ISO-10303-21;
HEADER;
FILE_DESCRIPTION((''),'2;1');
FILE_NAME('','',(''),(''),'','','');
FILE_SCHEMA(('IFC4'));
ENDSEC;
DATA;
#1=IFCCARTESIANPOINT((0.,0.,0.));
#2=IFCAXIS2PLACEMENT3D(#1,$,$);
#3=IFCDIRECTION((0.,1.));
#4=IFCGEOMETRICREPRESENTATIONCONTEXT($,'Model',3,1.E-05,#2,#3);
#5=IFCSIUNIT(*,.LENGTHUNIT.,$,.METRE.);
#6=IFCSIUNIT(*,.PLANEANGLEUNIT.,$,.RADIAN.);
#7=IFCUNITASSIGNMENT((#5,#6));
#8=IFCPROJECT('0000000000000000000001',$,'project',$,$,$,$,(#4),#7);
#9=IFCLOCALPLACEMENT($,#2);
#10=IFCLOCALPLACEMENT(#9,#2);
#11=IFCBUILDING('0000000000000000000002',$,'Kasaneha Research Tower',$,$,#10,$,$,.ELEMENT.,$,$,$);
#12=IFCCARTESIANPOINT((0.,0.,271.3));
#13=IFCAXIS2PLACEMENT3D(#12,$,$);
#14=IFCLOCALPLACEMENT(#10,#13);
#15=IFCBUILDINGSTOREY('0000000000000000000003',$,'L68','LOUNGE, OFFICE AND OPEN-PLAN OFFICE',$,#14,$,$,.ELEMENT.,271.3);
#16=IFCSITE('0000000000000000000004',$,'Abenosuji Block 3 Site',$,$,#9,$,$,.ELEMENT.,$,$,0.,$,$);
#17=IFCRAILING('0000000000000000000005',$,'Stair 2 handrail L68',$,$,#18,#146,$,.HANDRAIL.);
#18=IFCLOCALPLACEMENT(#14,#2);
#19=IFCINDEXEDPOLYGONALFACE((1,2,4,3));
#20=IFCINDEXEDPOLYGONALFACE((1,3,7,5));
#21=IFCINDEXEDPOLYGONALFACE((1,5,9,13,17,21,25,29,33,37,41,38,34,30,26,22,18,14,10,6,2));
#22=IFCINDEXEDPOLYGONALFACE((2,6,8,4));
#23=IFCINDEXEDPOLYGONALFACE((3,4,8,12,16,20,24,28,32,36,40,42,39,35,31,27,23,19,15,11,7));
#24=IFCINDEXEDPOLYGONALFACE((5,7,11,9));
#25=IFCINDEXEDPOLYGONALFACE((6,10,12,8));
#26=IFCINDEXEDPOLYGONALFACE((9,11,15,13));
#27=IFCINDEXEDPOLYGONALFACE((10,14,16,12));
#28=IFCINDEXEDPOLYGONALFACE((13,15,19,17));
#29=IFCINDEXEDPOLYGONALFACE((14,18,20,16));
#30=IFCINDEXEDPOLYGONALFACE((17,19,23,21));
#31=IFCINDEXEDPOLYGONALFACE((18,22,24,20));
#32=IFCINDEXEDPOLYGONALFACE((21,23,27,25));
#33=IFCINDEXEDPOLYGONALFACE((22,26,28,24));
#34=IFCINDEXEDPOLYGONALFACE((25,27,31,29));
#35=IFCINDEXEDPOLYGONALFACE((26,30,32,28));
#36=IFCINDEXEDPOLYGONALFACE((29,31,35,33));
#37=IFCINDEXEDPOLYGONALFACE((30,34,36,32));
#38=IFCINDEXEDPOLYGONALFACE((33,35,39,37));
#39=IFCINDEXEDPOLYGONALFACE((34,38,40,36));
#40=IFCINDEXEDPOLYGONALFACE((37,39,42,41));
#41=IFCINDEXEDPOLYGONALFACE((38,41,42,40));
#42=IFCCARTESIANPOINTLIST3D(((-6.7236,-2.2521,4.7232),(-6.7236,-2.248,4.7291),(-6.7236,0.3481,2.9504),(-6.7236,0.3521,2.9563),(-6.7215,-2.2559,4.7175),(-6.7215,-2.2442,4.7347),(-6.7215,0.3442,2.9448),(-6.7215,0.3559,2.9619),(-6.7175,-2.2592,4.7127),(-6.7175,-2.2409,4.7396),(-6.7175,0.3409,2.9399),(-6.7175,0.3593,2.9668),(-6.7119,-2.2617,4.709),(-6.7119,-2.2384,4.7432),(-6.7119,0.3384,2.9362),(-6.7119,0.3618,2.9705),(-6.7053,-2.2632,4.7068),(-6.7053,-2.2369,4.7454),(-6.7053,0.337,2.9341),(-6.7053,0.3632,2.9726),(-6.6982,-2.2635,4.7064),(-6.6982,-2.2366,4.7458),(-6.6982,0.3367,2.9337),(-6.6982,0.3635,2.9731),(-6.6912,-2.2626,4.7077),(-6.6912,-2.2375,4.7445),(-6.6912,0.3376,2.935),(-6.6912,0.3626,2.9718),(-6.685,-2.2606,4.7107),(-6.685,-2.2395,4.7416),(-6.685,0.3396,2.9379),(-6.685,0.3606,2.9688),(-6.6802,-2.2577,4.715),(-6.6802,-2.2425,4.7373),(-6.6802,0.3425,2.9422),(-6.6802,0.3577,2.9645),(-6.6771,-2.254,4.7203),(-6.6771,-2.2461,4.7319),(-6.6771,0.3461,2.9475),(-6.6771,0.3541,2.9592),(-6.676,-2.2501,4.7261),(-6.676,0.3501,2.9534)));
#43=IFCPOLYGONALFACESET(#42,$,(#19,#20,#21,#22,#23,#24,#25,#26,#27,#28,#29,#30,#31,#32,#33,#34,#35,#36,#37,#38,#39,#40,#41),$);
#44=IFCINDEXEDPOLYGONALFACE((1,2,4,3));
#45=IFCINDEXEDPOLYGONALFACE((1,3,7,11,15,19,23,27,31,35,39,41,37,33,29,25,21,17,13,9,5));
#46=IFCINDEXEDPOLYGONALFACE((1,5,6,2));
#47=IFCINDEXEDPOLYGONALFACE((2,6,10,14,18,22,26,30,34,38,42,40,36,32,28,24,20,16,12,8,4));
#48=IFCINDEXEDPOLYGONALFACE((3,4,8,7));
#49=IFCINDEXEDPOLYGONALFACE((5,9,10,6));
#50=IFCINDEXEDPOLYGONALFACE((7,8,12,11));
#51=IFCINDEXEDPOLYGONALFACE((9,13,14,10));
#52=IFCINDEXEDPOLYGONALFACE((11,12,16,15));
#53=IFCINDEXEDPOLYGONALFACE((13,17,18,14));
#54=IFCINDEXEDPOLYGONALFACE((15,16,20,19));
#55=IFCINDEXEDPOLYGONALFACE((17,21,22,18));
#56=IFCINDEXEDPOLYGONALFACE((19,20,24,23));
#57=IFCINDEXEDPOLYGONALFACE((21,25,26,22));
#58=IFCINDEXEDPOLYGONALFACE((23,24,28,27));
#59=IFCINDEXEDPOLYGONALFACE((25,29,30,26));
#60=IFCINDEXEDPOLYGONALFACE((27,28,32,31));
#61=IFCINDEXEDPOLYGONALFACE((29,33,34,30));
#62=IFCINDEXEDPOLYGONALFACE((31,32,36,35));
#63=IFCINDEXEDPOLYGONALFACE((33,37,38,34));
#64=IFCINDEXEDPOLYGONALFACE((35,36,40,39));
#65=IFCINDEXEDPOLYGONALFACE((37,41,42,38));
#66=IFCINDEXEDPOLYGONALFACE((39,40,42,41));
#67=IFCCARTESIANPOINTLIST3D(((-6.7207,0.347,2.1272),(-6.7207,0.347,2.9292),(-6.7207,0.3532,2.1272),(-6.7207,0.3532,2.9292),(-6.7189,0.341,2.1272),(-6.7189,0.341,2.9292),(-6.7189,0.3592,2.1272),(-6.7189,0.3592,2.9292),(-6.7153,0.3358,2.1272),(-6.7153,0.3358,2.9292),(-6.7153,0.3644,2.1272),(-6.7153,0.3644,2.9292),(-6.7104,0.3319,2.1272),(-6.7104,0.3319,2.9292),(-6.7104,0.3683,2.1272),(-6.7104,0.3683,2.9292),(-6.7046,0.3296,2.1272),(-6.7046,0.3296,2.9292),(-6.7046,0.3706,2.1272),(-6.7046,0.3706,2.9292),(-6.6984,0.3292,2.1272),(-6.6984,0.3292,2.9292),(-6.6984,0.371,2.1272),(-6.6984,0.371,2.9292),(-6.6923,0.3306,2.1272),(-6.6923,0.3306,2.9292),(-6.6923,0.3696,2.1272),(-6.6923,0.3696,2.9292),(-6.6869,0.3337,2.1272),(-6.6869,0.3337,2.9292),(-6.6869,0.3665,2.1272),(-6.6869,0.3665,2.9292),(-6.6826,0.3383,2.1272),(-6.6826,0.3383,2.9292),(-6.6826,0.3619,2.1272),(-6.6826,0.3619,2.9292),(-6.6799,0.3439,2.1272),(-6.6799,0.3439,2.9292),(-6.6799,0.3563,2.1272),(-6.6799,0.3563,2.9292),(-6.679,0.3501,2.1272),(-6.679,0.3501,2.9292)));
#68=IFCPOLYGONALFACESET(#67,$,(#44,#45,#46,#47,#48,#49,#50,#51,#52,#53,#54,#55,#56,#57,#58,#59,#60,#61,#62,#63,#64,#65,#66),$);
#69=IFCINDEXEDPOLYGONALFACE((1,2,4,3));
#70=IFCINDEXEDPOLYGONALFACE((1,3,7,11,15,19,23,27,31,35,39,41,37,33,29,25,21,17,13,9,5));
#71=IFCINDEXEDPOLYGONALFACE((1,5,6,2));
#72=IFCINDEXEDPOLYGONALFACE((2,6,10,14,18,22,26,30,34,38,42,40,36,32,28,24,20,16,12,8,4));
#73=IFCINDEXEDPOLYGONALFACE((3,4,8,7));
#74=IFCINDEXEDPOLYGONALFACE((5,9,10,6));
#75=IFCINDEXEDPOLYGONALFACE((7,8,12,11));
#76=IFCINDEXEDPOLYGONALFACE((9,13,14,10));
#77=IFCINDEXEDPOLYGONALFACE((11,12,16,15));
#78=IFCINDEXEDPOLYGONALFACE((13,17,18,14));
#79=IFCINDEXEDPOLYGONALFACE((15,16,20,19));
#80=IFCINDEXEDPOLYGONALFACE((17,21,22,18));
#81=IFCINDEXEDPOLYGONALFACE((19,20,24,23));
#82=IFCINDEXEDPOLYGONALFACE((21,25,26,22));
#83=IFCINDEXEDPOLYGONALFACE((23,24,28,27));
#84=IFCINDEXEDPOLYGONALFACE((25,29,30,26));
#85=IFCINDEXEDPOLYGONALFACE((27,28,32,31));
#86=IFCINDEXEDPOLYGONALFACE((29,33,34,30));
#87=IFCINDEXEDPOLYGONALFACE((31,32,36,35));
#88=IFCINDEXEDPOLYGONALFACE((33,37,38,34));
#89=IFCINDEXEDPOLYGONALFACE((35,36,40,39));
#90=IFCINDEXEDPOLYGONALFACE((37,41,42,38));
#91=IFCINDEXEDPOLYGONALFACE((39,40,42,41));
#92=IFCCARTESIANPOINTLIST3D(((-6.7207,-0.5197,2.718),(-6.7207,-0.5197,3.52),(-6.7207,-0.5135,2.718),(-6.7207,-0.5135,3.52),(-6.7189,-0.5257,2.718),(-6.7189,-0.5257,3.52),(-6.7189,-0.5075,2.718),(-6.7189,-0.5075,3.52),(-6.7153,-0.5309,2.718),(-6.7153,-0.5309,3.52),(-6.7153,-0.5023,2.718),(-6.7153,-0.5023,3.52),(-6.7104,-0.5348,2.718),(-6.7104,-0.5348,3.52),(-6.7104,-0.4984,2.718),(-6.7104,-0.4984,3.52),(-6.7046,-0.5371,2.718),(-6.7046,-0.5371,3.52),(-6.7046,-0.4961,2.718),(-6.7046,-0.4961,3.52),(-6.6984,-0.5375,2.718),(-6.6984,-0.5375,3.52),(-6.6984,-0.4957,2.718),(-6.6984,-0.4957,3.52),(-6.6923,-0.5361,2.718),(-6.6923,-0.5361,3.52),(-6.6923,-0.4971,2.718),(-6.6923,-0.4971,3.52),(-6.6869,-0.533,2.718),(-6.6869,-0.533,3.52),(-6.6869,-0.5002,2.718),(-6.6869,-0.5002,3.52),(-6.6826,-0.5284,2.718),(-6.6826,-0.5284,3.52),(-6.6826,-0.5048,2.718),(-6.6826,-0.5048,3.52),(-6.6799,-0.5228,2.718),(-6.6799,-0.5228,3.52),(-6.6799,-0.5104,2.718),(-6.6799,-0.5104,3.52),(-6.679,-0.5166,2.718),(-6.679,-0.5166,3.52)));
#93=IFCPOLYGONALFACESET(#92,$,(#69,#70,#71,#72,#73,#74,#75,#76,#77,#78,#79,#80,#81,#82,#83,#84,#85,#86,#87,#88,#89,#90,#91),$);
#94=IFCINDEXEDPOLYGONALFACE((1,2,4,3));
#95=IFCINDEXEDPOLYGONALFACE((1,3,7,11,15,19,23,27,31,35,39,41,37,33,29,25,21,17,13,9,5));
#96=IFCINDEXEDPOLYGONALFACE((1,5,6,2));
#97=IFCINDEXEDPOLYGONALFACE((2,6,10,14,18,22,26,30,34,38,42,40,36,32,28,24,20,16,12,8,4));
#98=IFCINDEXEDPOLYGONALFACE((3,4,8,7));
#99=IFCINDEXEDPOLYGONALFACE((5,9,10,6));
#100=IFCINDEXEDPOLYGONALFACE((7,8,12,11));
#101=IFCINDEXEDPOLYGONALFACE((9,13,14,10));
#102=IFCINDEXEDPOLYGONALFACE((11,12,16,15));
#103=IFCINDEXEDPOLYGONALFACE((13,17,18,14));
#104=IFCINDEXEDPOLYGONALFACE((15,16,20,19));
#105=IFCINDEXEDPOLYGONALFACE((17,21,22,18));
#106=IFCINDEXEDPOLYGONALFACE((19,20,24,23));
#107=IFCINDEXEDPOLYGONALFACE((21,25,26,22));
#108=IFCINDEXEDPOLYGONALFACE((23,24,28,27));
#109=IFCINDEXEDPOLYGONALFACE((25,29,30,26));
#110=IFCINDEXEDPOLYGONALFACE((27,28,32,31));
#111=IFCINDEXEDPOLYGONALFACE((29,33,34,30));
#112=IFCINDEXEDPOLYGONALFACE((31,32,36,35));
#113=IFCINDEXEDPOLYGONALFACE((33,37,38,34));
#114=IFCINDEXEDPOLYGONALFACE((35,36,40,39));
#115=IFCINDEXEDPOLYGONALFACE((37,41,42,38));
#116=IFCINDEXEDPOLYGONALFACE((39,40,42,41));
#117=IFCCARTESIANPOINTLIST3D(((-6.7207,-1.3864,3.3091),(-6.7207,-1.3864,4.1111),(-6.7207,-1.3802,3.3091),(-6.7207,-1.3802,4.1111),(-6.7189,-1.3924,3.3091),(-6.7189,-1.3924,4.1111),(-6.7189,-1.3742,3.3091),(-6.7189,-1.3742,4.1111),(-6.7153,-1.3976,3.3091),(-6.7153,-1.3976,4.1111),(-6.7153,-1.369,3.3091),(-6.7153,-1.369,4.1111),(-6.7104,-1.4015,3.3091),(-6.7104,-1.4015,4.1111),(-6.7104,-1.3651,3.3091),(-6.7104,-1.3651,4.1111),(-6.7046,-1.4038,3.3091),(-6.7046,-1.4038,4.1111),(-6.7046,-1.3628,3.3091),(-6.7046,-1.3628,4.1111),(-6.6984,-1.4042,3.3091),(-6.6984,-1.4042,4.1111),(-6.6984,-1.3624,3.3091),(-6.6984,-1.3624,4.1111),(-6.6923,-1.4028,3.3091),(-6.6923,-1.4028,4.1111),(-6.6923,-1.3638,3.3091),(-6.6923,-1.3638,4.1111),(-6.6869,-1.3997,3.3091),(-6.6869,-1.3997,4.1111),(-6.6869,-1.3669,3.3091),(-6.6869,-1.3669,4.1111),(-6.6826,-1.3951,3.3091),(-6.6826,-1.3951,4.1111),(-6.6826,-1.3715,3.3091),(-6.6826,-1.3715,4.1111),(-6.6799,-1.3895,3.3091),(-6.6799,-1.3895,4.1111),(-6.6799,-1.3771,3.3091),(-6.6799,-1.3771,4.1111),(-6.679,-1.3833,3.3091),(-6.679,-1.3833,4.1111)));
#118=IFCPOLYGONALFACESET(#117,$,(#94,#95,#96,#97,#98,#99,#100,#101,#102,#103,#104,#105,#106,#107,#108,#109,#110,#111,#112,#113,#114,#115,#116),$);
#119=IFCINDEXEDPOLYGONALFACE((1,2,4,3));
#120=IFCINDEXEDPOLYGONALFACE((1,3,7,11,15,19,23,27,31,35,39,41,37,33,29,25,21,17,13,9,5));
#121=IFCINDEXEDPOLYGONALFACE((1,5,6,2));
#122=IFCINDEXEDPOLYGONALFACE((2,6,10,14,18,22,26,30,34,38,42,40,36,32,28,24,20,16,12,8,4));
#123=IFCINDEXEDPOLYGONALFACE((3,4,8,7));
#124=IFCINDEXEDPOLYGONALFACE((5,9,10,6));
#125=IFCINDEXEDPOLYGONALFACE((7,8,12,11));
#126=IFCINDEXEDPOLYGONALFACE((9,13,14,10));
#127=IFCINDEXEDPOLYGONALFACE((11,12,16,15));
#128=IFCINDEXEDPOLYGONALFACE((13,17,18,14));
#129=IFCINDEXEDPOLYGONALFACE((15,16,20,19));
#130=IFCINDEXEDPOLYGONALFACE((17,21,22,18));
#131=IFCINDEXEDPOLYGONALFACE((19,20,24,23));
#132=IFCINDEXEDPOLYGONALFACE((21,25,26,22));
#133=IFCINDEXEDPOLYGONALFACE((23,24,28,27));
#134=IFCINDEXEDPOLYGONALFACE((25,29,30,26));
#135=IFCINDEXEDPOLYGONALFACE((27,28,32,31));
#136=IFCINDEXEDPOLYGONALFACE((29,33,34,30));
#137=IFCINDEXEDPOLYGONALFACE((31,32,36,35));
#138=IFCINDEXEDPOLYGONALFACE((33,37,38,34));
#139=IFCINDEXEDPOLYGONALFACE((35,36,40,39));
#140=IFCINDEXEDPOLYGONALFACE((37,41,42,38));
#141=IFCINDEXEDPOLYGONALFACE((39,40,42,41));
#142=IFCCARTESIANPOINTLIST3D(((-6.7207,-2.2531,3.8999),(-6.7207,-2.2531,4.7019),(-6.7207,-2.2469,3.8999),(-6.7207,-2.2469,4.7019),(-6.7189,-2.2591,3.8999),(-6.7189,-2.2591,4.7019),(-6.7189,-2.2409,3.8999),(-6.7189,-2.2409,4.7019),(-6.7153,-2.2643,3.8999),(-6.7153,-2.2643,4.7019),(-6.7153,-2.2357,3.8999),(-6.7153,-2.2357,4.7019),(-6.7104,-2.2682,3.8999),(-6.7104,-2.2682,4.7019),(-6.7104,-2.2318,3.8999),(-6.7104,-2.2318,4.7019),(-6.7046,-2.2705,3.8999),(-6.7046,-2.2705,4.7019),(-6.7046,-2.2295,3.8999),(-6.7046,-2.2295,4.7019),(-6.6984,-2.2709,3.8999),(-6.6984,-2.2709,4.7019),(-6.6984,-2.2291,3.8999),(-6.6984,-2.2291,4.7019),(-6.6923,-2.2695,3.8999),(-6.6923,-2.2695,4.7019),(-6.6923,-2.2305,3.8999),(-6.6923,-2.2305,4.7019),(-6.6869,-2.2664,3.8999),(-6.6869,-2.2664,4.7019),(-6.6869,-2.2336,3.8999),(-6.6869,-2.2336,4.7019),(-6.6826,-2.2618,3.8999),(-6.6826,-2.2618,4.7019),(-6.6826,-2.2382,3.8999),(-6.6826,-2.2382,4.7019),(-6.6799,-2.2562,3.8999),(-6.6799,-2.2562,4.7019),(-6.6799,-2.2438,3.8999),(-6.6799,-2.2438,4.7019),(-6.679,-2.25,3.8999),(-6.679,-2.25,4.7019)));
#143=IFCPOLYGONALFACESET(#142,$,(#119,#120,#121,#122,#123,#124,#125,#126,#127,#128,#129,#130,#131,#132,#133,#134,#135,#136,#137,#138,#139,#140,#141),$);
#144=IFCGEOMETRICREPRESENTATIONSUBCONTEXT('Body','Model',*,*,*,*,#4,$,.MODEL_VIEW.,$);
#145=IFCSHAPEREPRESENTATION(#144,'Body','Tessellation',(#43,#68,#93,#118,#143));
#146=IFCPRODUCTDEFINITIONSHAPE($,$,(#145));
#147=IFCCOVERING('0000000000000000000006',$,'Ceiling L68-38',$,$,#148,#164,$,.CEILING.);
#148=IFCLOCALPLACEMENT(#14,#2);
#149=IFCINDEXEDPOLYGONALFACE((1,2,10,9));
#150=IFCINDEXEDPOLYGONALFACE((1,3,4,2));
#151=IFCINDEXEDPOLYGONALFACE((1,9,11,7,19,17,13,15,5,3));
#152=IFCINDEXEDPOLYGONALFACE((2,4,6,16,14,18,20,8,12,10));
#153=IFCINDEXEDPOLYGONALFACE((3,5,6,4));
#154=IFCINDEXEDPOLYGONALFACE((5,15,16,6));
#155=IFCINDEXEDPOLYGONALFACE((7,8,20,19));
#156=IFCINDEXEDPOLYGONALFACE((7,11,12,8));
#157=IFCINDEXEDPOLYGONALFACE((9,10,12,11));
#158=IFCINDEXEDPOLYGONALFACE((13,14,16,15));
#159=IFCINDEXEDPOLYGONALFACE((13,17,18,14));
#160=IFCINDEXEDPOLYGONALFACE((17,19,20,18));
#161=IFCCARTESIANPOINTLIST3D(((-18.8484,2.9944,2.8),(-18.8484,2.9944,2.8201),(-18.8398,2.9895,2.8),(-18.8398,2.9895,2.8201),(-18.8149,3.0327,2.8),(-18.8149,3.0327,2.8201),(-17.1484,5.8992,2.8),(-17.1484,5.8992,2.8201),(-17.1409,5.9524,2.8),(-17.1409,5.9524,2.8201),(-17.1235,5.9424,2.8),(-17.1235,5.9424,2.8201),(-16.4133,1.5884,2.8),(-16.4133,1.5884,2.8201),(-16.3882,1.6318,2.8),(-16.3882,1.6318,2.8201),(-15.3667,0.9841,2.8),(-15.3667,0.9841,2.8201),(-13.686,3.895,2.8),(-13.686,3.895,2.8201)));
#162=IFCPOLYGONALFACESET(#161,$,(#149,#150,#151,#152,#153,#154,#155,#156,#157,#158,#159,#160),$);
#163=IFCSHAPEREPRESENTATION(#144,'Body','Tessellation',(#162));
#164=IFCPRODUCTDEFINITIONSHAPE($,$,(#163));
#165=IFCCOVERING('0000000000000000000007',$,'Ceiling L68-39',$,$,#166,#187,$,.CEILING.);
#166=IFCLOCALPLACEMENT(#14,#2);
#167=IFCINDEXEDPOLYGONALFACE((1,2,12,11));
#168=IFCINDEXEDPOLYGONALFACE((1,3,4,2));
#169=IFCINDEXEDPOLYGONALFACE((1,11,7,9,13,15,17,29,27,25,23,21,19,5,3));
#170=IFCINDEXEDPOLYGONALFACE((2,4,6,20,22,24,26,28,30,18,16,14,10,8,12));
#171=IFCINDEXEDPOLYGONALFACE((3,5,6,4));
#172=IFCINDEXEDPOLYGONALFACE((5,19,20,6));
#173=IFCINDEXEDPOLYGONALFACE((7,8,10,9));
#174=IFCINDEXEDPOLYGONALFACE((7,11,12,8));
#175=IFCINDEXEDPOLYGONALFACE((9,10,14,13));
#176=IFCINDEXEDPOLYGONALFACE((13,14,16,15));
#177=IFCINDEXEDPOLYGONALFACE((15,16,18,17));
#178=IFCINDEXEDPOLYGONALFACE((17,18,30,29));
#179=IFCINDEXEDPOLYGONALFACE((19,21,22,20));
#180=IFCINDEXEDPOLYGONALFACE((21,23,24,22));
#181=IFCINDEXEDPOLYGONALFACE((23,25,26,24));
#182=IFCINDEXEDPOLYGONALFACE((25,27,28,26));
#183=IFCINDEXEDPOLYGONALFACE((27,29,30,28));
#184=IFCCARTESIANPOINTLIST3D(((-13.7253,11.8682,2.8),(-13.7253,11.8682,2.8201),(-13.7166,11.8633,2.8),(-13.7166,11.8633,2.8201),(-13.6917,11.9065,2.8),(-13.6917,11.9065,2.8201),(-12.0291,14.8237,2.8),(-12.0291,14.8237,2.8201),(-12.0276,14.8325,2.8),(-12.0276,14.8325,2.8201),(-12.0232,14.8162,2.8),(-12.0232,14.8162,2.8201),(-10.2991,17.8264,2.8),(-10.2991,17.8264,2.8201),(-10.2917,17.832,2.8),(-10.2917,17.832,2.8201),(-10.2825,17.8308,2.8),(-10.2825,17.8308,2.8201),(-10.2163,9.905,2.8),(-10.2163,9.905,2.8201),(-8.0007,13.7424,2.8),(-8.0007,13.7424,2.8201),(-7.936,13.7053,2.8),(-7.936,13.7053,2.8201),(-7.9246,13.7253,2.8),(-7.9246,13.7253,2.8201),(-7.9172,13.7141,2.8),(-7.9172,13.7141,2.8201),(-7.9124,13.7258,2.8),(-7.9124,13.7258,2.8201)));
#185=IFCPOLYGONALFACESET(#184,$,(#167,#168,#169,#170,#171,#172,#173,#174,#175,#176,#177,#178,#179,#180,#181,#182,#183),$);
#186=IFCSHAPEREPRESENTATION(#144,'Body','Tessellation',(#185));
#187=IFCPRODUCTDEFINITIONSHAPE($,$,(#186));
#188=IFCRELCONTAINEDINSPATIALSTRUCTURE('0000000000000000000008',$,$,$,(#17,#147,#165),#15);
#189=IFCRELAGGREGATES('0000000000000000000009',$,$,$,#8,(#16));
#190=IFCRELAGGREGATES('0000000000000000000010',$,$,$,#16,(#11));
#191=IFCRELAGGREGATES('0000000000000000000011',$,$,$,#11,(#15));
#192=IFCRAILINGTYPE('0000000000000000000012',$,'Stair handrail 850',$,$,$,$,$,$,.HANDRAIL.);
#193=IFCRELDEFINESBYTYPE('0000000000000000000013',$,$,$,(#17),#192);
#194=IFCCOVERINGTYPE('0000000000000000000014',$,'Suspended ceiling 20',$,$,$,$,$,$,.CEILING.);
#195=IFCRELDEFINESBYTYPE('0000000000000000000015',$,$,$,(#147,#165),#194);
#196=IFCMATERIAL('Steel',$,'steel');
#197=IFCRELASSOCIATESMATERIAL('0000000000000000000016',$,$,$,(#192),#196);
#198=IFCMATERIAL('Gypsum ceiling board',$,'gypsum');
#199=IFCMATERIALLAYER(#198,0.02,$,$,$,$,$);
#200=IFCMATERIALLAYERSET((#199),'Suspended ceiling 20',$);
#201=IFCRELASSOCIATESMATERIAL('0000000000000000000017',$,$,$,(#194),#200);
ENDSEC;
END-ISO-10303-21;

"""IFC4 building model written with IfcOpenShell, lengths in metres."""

from ifc_helpers import new_model, si_unit, direction, frame, origin, origin_2d, place, context, subcontext, project, spatial, polyline, circle, outline, extrude, material, layer, layer_set, type_object, element, save


model = new_model("IFC4")

# Units and contexts
model_context = context("Model", 3, precision=1e-05, world=origin(), true_north=direction((0.0, 1.0)))
body_context = subcontext(model_context, "Body", "Model", "MODEL_VIEW")
ifc_project = project(units=[si_unit("LENGTHUNIT", "METRE"), si_unit("PLANEANGLEUNIT", "RADIAN")], contexts=[model_context])

# Site, building, storey
site_placement = place(None, origin())
site = spatial("IfcSite", under=ifc_project, at=site_placement, Name="Abenosuji Block 3 Site", CompositionType="ELEMENT", RefElevation=0.0)
building_placement = place(site_placement, origin())
building = spatial("IfcBuilding", under=site, at=building_placement, Name="Kasaneha Research Tower", CompositionType="ELEMENT")
storey_placement = place(building_placement, frame((0.0, 0.0, 271.3)))
storey = spatial("IfcBuildingStorey", under=building, at=storey_placement, Name="L68", Description="LOUNGE, OFFICE AND OPEN-PLAN OFFICE", CompositionType="ELEMENT", Elevation=271.3)

# Railing
ifc_material_1 = material(Name="Steel", Category="steel")
railing_type = type_object("IfcRailingType", Name="Stair handrail 850", PredefinedType="HANDRAIL", material=ifc_material_1)
railing_placement = place(storey_placement, frame((-6.7, 0.3501, 2.1272)))
element("IfcRailing", 1, at=railing_placement, inside=storey, type_object=railing_type, Name="Stair 2 handrail L68", PredefinedType="HANDRAIL", context=body_context, shape_type="SweptSolid", body=[
    extrude(circle(Radius=0.0239, at=origin_2d()), frame((0.0, 0.0, 0.8262), z_axis=(0.0, -0.82624, 0.563318), x_axis=(1.0, 0.0, 0.0)), (0.0, 0.0, 1.0), 3.147),
    extrude(circle(Radius=0.021, at=origin_2d()), origin(), (0.0, 0.0, 1.0), 0.802),
    extrude(circle(Radius=0.021, at=origin_2d()), frame((0.0, -0.8667, 0.5908)), (0.0, 0.0, 1.0), 0.802),
    extrude(circle(Radius=0.021, at=origin_2d()), frame((0.0, -1.7334, 1.1819)), (0.0, 0.0, 1.0), 0.802),
    extrude(circle(Radius=0.021, at=origin_2d()), frame((0.0, -2.6001, 1.7727)), (0.0, 0.0, 1.0), 0.802),
])

# Coverings
ifc_material_2 = material(Name="Gypsum ceiling board", Category="gypsum")
ifc_layer_1 = layer(ifc_material_2, 0.02)
ifc_layer_set_1 = layer_set([ifc_layer_1], Name="Suspended ceiling 20")
covering_type_1 = type_object("IfcCoveringType", Name="Suspended ceiling 20", PredefinedType="CEILING", material=ifc_layer_set_1)
covering_1_placement = place(storey_placement, frame((0.0, 0.0, 2.8)))
element("IfcCovering", 2, at=covering_1_placement, inside=storey, type_object=covering_type_1, Name="Ceiling L68-38", PredefinedType="CEILING", context=body_context, shape_type="SweptSolid", body=[
    extrude(outline(polyline([(-17.1235, 5.9424), (-17.1484, 5.8992), (-13.686, 3.895), (-15.3667, 0.9841), (-16.4133, 1.5884), (-16.3882, 1.6318), (-18.8149, 3.0327), (-18.8398, 2.9895), (-18.8484, 2.9944), (-17.1409, 5.9524), (-17.1235, 5.9424)])), origin(), (0.0, 0.0, 1.0), 0.02),
])
covering_2_placement = place(storey_placement, frame((0.0, 0.0, 2.8)))
element("IfcCovering", 3, at=covering_2_placement, inside=storey, type_object=covering_type_1, Name="Ceiling L68-39", PredefinedType="CEILING", context=body_context, shape_type="SweptSolid", body=[
    extrude(outline(polyline([(-12.0276, 14.8325), (-10.2991, 17.8264), (-10.2917, 17.832), (-10.2825, 17.8308), (-7.9124, 13.7258), (-7.9172, 13.7141), (-7.9246, 13.7253), (-7.936, 13.7053), (-8.0007, 13.7424), (-10.2163, 9.905), (-13.6917, 11.9065), (-13.7166, 11.8633), (-13.7253, 11.8682), (-12.0232, 14.8162), (-12.0291, 14.8237), (-12.0276, 14.8325)])), origin(), (0.0, 0.0, 1.0), 0.02),
])

save(model, "model.ifc")
